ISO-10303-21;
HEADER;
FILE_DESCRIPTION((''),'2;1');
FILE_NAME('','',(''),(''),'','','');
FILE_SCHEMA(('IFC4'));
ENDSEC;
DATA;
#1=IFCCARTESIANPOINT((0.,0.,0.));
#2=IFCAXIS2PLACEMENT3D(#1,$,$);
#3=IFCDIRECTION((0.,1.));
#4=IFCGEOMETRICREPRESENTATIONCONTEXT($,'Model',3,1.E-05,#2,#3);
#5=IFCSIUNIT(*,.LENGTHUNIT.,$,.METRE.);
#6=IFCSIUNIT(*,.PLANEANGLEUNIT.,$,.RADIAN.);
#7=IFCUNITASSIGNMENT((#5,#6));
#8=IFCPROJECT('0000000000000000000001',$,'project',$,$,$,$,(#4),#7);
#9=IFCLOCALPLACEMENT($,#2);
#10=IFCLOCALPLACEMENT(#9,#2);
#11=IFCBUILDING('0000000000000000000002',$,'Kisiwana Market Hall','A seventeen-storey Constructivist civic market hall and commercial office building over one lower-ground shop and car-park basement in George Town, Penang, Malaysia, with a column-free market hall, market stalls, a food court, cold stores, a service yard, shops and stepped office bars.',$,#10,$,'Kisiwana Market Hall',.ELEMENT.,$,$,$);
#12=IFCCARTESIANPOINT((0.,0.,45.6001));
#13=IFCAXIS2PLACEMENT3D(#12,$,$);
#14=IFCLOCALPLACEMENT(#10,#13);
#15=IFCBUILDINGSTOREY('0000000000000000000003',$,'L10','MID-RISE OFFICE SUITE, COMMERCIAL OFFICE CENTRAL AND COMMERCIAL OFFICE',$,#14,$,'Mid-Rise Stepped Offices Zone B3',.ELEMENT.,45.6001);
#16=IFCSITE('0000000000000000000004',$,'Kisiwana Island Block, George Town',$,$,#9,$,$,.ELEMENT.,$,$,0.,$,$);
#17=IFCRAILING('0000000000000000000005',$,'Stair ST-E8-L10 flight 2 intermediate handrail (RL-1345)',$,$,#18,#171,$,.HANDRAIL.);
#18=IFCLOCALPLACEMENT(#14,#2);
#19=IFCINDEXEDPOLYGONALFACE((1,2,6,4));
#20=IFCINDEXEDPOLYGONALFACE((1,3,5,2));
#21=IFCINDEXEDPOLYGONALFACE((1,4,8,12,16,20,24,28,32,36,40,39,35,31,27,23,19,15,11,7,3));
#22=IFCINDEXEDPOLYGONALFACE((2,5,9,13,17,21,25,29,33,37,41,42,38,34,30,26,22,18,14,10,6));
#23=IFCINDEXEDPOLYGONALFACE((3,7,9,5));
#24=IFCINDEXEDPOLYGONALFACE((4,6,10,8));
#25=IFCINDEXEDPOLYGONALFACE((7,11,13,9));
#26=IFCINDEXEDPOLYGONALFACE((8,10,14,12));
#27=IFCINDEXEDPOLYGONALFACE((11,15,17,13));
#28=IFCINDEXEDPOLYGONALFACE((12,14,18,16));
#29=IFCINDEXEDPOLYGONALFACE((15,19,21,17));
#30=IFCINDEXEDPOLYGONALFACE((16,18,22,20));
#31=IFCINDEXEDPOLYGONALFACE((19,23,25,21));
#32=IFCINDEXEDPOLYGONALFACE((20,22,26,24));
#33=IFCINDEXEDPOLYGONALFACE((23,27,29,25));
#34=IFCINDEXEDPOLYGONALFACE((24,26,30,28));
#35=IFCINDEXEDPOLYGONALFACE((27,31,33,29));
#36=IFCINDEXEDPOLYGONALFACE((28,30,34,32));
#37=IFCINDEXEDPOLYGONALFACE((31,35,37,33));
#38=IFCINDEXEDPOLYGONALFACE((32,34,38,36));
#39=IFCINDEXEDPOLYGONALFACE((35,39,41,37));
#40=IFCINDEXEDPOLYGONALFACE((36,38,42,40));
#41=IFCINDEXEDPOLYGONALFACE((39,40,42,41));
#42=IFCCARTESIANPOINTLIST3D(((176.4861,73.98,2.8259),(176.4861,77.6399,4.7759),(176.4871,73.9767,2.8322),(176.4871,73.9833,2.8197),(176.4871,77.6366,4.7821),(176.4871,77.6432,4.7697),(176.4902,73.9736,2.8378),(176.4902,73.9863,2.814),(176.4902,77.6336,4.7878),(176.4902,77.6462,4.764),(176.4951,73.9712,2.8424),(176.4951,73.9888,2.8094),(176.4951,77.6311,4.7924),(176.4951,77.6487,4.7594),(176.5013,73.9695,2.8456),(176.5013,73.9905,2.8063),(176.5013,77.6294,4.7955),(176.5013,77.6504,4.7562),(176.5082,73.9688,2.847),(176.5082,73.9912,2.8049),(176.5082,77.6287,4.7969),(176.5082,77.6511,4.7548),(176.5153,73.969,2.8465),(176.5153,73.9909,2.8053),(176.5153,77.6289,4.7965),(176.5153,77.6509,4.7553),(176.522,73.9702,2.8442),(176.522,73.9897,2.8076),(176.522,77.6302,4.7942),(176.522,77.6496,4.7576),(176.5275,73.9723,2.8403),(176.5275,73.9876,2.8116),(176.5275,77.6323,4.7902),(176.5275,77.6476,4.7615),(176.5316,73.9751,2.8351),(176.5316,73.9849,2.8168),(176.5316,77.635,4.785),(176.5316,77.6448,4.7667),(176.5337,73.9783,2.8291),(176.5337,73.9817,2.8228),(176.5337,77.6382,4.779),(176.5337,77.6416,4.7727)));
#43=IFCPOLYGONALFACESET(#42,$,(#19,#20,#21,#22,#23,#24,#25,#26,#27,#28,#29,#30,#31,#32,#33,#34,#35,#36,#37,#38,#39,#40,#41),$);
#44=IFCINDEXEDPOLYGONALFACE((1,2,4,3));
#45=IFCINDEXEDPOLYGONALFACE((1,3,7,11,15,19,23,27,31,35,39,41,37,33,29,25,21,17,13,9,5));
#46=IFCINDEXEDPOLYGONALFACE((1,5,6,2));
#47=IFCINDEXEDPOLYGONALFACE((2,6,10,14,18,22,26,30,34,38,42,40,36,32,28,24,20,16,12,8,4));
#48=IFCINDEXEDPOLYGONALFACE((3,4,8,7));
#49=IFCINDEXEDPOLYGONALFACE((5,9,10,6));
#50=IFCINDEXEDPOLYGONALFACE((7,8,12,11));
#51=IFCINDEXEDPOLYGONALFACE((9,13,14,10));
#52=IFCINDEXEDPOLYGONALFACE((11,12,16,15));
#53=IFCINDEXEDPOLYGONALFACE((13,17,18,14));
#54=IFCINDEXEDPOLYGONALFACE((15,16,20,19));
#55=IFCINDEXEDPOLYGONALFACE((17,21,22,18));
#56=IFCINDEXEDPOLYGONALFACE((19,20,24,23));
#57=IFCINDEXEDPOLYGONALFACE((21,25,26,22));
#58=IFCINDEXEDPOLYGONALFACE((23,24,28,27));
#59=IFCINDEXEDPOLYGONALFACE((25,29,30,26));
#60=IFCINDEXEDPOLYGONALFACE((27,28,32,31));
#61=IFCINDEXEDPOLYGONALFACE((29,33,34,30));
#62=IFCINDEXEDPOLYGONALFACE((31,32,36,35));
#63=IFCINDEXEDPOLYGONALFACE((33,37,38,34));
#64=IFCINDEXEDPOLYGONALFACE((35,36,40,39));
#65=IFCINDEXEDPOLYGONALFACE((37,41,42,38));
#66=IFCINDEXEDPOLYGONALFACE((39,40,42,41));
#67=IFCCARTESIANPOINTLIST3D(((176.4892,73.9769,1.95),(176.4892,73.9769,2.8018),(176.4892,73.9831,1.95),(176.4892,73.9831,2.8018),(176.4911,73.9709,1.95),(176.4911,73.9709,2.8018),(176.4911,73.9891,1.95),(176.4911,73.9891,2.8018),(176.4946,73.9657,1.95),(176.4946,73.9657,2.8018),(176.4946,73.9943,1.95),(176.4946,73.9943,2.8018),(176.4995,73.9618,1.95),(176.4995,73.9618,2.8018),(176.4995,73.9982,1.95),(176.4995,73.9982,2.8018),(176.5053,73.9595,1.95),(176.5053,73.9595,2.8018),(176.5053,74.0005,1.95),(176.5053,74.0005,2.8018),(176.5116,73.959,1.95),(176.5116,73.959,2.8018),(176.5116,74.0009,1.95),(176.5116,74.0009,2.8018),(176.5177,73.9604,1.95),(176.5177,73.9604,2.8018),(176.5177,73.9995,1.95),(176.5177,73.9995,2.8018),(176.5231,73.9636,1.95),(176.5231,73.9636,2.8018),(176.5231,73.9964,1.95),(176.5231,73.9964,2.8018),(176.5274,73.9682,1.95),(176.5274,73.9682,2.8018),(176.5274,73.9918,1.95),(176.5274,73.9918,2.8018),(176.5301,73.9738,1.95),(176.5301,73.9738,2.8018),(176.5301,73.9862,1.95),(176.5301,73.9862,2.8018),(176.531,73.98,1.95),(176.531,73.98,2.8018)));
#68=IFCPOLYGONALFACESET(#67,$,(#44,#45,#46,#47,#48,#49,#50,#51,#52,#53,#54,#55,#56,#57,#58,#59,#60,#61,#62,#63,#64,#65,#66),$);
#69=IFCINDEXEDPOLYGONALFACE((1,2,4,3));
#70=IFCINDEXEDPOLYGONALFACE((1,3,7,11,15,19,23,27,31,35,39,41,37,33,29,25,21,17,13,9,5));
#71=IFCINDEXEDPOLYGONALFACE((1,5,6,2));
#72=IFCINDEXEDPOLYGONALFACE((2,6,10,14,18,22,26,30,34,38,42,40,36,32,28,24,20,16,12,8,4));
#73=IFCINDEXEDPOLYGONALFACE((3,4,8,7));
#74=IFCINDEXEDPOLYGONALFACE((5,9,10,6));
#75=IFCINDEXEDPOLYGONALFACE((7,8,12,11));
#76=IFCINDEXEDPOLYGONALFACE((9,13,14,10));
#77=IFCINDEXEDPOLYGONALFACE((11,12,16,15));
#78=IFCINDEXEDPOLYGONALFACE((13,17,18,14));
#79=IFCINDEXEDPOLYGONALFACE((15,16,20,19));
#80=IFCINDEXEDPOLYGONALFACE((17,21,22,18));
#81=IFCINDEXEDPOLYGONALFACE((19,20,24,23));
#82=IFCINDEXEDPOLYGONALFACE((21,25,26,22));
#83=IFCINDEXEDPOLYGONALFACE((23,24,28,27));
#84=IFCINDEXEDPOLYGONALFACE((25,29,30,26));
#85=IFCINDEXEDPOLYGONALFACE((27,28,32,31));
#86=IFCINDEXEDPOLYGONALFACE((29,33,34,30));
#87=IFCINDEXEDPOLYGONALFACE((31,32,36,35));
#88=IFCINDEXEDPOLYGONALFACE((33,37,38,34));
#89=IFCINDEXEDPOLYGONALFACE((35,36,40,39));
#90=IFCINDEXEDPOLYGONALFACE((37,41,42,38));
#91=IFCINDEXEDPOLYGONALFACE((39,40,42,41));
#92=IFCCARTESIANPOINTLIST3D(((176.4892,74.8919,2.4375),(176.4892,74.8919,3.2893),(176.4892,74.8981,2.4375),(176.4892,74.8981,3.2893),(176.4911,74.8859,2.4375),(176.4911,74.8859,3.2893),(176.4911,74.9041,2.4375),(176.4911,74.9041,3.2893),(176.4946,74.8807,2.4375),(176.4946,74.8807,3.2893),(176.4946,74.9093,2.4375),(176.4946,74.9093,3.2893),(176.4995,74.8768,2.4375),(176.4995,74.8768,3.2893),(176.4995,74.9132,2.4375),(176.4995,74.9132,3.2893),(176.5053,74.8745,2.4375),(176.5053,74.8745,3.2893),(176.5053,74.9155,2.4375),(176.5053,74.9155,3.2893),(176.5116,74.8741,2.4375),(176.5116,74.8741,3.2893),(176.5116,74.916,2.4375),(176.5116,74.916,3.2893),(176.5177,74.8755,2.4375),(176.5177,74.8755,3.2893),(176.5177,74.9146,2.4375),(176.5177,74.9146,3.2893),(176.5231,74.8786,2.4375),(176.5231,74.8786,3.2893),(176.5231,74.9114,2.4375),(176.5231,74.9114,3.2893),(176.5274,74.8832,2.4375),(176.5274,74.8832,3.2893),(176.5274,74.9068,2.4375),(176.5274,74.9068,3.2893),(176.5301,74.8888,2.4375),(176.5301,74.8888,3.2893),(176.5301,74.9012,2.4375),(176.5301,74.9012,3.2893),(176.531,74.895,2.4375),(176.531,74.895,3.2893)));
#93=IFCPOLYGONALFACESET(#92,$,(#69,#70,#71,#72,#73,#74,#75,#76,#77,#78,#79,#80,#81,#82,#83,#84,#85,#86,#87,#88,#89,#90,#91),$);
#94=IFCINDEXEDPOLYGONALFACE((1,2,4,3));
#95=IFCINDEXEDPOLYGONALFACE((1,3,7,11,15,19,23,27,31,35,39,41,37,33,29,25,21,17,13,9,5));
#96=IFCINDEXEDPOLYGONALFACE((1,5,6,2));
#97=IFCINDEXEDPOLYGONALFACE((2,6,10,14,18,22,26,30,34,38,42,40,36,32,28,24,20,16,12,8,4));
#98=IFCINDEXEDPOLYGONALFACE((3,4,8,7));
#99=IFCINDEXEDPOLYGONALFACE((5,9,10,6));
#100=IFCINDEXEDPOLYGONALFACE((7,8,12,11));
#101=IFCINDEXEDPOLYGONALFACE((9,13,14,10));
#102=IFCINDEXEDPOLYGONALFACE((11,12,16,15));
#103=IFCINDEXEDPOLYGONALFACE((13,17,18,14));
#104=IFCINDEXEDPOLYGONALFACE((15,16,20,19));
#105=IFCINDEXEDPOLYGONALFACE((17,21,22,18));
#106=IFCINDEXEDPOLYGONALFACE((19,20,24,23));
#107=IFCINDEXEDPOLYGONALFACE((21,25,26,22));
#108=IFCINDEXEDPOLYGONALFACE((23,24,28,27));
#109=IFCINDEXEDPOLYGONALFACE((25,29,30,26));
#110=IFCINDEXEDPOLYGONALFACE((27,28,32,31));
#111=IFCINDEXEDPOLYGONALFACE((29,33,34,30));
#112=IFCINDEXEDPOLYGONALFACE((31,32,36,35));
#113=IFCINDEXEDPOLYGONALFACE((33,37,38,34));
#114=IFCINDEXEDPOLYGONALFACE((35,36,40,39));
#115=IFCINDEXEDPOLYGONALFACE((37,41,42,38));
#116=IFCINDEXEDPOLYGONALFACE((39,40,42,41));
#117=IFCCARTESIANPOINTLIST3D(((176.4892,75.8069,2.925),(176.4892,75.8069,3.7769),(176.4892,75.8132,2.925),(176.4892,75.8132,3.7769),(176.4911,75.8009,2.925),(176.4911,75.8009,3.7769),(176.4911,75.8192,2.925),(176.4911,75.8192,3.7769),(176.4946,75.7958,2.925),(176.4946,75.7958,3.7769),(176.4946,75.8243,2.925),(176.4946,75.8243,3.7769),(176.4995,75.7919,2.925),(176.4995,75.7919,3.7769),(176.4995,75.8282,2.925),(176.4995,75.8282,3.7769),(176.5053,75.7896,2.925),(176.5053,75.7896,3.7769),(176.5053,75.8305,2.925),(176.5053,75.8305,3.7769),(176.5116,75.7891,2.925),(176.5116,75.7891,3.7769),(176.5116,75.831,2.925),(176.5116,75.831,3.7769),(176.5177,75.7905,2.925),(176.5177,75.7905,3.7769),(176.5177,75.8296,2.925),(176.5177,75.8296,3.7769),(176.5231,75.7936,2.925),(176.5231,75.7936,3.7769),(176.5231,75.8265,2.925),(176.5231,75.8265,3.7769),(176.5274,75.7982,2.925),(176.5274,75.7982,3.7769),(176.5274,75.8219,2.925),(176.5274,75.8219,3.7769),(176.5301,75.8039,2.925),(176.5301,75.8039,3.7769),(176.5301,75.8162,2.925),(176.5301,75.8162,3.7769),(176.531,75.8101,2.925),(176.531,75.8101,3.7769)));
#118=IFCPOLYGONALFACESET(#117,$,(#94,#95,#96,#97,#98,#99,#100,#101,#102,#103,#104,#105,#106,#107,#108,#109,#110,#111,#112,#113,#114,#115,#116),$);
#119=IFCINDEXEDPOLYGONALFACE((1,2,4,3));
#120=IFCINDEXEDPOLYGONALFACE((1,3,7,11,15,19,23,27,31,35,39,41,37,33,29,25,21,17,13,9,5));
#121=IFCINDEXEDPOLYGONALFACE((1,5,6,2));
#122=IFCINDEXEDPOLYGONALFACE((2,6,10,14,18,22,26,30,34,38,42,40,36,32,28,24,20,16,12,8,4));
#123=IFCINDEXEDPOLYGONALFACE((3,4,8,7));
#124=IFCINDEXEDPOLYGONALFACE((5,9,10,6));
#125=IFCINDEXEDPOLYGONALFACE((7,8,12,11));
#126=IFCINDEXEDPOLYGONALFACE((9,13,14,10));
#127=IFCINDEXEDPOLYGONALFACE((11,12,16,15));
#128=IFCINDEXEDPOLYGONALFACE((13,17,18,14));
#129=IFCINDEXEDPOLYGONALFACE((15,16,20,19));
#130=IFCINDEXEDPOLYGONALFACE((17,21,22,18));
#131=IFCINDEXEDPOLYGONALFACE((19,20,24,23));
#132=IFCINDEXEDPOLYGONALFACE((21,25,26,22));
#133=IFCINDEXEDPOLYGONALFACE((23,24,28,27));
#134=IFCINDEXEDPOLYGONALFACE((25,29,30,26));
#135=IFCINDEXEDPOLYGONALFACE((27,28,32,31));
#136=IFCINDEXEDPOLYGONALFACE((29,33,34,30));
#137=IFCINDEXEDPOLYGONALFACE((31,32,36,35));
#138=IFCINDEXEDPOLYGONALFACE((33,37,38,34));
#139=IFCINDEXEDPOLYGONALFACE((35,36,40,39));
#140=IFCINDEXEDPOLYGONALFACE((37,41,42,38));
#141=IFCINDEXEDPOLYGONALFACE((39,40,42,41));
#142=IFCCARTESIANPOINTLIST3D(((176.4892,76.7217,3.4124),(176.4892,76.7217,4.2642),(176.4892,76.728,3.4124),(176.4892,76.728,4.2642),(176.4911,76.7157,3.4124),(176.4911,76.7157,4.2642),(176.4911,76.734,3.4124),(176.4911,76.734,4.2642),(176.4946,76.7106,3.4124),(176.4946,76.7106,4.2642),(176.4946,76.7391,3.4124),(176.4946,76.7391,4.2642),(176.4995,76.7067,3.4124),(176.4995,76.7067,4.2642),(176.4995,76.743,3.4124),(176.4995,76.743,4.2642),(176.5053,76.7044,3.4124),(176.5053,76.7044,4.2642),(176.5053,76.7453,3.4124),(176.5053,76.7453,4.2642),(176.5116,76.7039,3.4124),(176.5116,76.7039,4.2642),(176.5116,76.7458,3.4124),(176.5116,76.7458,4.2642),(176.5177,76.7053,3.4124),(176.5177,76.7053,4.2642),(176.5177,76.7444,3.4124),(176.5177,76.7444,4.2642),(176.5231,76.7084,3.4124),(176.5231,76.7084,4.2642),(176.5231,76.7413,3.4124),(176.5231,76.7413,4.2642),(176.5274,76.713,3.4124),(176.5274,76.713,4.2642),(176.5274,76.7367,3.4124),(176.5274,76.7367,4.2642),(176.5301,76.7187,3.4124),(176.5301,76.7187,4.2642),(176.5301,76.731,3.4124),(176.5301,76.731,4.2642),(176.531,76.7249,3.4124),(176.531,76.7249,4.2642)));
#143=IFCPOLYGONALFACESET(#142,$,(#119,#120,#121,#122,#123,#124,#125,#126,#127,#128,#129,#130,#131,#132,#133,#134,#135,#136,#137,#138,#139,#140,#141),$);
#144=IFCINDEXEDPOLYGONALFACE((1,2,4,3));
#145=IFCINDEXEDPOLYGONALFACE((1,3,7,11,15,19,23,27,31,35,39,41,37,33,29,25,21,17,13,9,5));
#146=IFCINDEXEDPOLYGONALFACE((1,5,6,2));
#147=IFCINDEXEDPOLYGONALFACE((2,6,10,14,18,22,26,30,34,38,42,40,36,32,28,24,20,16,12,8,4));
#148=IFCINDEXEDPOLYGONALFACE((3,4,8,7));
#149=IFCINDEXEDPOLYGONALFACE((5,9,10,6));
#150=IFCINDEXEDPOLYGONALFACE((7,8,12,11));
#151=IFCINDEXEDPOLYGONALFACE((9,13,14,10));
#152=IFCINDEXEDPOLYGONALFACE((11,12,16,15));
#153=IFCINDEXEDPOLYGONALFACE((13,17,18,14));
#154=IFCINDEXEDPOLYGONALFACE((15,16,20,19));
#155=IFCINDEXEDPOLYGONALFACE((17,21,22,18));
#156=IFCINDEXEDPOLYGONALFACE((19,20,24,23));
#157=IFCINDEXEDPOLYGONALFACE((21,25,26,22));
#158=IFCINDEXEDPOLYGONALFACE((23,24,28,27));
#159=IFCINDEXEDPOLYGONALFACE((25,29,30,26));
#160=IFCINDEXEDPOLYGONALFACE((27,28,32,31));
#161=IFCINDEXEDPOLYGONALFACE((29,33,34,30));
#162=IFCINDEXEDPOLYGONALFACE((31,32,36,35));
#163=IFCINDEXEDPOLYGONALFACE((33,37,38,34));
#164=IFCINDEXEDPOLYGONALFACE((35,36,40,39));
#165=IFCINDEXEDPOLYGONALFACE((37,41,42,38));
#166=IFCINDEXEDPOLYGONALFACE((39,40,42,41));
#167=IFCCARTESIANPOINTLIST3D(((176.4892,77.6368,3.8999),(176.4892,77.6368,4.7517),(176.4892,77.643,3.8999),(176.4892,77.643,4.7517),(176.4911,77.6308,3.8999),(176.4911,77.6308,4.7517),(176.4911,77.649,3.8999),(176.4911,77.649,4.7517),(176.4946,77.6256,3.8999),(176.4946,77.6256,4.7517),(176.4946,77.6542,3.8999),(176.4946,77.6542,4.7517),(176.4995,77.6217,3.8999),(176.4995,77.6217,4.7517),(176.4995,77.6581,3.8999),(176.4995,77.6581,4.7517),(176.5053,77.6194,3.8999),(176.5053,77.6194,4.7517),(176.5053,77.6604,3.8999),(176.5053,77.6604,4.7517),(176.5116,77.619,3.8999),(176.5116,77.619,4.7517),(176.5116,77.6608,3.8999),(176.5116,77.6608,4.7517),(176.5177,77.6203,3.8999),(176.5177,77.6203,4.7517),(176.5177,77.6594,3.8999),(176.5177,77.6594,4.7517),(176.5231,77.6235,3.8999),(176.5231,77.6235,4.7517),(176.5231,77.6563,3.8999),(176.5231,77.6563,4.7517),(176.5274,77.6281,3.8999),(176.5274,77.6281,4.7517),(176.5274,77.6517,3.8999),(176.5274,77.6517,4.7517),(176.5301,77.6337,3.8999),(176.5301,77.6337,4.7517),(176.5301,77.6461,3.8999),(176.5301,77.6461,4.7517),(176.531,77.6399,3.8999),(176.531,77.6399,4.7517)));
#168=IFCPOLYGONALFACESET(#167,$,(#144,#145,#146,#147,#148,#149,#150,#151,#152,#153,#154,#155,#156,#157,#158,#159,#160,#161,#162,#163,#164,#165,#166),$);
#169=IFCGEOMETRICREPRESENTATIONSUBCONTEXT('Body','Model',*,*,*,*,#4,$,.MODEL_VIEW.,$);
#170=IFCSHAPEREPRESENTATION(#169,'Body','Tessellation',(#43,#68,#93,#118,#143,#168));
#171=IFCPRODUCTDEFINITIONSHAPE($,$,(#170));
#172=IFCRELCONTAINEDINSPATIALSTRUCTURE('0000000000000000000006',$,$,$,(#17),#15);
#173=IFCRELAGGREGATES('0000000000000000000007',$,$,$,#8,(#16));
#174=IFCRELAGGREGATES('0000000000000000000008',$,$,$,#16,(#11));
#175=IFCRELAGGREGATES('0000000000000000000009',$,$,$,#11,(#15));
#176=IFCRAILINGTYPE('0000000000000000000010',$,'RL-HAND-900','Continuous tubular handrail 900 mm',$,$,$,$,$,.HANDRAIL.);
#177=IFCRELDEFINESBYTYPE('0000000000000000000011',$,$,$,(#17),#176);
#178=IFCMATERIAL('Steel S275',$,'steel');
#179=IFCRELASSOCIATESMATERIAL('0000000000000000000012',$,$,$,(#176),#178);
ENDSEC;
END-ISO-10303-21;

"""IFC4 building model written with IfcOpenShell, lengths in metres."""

from ifc_helpers import new_model, si_unit, direction, frame, origin, origin_2d, place, context, subcontext, project, spatial, circle, extrude, material, type_object, element, save


model = new_model("IFC4")

# Units and contexts
model_context = context("Model", 3, precision=1e-05, world=origin(), true_north=direction((0.0, 1.0)))
body_context = subcontext(model_context, "Body", "Model", "MODEL_VIEW")
ifc_project = project(units=[si_unit("LENGTHUNIT", "METRE"), si_unit("PLANEANGLEUNIT", "RADIAN")], contexts=[model_context])

# Site, building, storey
site_placement = place(None, origin())
site = spatial("IfcSite", under=ifc_project, at=site_placement, Name="Kisiwana Island Block, George Town", CompositionType="ELEMENT", RefElevation=0.0)
building_placement = place(site_placement, origin())
building = spatial("IfcBuilding", under=site, at=building_placement, Name="Kisiwana Market Hall", Description="A seventeen-storey Constructivist civic market hall and commercial office building over one lower-ground shop and car-park basement in George Town, Penang, Malaysia, with a column-free market hall, market stalls, a food court, cold stores, a service yard, shops and stepped office bars.", LongName="Kisiwana Market Hall", CompositionType="ELEMENT")
storey_placement = place(building_placement, frame((0.0, 0.0, 45.6001)))
storey = spatial("IfcBuildingStorey", under=building, at=storey_placement, Name="L10", Description="MID-RISE OFFICE SUITE, COMMERCIAL OFFICE CENTRAL AND COMMERCIAL OFFICE", LongName="Mid-Rise Stepped Offices Zone B3", CompositionType="ELEMENT", Elevation=45.6001)

# Railing
ifc_material_1 = material(Name="Steel S275", Category="steel")
railing_type_1 = type_object("IfcRailingType", Name="RL-HAND-900", Description="Continuous tubular handrail 900 mm", PredefinedType="HANDRAIL", material=ifc_material_1)
for number, where, name in (
    (1, (176.51, 73.98, 1.95), "Stair ST-E8-L10 flight 2 intermediate handrail (RL-1345)"),
):
    element("IfcRailing", number, at=place(storey_placement, frame(where)), inside=storey, type_object=railing_type_1, Name=name, PredefinedType="HANDRAIL", context=body_context, shape_type="SweptSolid", body=[
        extrude(circle(Radius=0.0239, at=origin_2d()), frame((0.0, 0.0, 0.876), z_axis=(0.0, 0.882553, 0.470212), x_axis=(-1.0, 0.0, 0.0)), (0.0, 0.0, 1.0), 4.147),
        extrude(circle(Radius=0.021, at=origin_2d()), origin(), (0.0, 0.0, 1.0), 0.8518),
        extrude(circle(Radius=0.021, at=origin_2d()), frame((0.0, 0.915, 0.4875)), (0.0, 0.0, 1.0), 0.8518),
        extrude(circle(Radius=0.021, at=origin_2d()), frame((0.0, 1.8301, 0.9751)), (0.0, 0.0, 1.0), 0.8518),
        extrude(circle(Radius=0.021, at=origin_2d()), frame((0.0, 2.7449, 1.4624)), (0.0, 0.0, 1.0), 0.8518),
        extrude(circle(Radius=0.021, at=origin_2d()), frame((0.0, 3.6599, 1.95)), (0.0, 0.0, 1.0), 0.8518),
    ])

save(model, "model.ifc")
